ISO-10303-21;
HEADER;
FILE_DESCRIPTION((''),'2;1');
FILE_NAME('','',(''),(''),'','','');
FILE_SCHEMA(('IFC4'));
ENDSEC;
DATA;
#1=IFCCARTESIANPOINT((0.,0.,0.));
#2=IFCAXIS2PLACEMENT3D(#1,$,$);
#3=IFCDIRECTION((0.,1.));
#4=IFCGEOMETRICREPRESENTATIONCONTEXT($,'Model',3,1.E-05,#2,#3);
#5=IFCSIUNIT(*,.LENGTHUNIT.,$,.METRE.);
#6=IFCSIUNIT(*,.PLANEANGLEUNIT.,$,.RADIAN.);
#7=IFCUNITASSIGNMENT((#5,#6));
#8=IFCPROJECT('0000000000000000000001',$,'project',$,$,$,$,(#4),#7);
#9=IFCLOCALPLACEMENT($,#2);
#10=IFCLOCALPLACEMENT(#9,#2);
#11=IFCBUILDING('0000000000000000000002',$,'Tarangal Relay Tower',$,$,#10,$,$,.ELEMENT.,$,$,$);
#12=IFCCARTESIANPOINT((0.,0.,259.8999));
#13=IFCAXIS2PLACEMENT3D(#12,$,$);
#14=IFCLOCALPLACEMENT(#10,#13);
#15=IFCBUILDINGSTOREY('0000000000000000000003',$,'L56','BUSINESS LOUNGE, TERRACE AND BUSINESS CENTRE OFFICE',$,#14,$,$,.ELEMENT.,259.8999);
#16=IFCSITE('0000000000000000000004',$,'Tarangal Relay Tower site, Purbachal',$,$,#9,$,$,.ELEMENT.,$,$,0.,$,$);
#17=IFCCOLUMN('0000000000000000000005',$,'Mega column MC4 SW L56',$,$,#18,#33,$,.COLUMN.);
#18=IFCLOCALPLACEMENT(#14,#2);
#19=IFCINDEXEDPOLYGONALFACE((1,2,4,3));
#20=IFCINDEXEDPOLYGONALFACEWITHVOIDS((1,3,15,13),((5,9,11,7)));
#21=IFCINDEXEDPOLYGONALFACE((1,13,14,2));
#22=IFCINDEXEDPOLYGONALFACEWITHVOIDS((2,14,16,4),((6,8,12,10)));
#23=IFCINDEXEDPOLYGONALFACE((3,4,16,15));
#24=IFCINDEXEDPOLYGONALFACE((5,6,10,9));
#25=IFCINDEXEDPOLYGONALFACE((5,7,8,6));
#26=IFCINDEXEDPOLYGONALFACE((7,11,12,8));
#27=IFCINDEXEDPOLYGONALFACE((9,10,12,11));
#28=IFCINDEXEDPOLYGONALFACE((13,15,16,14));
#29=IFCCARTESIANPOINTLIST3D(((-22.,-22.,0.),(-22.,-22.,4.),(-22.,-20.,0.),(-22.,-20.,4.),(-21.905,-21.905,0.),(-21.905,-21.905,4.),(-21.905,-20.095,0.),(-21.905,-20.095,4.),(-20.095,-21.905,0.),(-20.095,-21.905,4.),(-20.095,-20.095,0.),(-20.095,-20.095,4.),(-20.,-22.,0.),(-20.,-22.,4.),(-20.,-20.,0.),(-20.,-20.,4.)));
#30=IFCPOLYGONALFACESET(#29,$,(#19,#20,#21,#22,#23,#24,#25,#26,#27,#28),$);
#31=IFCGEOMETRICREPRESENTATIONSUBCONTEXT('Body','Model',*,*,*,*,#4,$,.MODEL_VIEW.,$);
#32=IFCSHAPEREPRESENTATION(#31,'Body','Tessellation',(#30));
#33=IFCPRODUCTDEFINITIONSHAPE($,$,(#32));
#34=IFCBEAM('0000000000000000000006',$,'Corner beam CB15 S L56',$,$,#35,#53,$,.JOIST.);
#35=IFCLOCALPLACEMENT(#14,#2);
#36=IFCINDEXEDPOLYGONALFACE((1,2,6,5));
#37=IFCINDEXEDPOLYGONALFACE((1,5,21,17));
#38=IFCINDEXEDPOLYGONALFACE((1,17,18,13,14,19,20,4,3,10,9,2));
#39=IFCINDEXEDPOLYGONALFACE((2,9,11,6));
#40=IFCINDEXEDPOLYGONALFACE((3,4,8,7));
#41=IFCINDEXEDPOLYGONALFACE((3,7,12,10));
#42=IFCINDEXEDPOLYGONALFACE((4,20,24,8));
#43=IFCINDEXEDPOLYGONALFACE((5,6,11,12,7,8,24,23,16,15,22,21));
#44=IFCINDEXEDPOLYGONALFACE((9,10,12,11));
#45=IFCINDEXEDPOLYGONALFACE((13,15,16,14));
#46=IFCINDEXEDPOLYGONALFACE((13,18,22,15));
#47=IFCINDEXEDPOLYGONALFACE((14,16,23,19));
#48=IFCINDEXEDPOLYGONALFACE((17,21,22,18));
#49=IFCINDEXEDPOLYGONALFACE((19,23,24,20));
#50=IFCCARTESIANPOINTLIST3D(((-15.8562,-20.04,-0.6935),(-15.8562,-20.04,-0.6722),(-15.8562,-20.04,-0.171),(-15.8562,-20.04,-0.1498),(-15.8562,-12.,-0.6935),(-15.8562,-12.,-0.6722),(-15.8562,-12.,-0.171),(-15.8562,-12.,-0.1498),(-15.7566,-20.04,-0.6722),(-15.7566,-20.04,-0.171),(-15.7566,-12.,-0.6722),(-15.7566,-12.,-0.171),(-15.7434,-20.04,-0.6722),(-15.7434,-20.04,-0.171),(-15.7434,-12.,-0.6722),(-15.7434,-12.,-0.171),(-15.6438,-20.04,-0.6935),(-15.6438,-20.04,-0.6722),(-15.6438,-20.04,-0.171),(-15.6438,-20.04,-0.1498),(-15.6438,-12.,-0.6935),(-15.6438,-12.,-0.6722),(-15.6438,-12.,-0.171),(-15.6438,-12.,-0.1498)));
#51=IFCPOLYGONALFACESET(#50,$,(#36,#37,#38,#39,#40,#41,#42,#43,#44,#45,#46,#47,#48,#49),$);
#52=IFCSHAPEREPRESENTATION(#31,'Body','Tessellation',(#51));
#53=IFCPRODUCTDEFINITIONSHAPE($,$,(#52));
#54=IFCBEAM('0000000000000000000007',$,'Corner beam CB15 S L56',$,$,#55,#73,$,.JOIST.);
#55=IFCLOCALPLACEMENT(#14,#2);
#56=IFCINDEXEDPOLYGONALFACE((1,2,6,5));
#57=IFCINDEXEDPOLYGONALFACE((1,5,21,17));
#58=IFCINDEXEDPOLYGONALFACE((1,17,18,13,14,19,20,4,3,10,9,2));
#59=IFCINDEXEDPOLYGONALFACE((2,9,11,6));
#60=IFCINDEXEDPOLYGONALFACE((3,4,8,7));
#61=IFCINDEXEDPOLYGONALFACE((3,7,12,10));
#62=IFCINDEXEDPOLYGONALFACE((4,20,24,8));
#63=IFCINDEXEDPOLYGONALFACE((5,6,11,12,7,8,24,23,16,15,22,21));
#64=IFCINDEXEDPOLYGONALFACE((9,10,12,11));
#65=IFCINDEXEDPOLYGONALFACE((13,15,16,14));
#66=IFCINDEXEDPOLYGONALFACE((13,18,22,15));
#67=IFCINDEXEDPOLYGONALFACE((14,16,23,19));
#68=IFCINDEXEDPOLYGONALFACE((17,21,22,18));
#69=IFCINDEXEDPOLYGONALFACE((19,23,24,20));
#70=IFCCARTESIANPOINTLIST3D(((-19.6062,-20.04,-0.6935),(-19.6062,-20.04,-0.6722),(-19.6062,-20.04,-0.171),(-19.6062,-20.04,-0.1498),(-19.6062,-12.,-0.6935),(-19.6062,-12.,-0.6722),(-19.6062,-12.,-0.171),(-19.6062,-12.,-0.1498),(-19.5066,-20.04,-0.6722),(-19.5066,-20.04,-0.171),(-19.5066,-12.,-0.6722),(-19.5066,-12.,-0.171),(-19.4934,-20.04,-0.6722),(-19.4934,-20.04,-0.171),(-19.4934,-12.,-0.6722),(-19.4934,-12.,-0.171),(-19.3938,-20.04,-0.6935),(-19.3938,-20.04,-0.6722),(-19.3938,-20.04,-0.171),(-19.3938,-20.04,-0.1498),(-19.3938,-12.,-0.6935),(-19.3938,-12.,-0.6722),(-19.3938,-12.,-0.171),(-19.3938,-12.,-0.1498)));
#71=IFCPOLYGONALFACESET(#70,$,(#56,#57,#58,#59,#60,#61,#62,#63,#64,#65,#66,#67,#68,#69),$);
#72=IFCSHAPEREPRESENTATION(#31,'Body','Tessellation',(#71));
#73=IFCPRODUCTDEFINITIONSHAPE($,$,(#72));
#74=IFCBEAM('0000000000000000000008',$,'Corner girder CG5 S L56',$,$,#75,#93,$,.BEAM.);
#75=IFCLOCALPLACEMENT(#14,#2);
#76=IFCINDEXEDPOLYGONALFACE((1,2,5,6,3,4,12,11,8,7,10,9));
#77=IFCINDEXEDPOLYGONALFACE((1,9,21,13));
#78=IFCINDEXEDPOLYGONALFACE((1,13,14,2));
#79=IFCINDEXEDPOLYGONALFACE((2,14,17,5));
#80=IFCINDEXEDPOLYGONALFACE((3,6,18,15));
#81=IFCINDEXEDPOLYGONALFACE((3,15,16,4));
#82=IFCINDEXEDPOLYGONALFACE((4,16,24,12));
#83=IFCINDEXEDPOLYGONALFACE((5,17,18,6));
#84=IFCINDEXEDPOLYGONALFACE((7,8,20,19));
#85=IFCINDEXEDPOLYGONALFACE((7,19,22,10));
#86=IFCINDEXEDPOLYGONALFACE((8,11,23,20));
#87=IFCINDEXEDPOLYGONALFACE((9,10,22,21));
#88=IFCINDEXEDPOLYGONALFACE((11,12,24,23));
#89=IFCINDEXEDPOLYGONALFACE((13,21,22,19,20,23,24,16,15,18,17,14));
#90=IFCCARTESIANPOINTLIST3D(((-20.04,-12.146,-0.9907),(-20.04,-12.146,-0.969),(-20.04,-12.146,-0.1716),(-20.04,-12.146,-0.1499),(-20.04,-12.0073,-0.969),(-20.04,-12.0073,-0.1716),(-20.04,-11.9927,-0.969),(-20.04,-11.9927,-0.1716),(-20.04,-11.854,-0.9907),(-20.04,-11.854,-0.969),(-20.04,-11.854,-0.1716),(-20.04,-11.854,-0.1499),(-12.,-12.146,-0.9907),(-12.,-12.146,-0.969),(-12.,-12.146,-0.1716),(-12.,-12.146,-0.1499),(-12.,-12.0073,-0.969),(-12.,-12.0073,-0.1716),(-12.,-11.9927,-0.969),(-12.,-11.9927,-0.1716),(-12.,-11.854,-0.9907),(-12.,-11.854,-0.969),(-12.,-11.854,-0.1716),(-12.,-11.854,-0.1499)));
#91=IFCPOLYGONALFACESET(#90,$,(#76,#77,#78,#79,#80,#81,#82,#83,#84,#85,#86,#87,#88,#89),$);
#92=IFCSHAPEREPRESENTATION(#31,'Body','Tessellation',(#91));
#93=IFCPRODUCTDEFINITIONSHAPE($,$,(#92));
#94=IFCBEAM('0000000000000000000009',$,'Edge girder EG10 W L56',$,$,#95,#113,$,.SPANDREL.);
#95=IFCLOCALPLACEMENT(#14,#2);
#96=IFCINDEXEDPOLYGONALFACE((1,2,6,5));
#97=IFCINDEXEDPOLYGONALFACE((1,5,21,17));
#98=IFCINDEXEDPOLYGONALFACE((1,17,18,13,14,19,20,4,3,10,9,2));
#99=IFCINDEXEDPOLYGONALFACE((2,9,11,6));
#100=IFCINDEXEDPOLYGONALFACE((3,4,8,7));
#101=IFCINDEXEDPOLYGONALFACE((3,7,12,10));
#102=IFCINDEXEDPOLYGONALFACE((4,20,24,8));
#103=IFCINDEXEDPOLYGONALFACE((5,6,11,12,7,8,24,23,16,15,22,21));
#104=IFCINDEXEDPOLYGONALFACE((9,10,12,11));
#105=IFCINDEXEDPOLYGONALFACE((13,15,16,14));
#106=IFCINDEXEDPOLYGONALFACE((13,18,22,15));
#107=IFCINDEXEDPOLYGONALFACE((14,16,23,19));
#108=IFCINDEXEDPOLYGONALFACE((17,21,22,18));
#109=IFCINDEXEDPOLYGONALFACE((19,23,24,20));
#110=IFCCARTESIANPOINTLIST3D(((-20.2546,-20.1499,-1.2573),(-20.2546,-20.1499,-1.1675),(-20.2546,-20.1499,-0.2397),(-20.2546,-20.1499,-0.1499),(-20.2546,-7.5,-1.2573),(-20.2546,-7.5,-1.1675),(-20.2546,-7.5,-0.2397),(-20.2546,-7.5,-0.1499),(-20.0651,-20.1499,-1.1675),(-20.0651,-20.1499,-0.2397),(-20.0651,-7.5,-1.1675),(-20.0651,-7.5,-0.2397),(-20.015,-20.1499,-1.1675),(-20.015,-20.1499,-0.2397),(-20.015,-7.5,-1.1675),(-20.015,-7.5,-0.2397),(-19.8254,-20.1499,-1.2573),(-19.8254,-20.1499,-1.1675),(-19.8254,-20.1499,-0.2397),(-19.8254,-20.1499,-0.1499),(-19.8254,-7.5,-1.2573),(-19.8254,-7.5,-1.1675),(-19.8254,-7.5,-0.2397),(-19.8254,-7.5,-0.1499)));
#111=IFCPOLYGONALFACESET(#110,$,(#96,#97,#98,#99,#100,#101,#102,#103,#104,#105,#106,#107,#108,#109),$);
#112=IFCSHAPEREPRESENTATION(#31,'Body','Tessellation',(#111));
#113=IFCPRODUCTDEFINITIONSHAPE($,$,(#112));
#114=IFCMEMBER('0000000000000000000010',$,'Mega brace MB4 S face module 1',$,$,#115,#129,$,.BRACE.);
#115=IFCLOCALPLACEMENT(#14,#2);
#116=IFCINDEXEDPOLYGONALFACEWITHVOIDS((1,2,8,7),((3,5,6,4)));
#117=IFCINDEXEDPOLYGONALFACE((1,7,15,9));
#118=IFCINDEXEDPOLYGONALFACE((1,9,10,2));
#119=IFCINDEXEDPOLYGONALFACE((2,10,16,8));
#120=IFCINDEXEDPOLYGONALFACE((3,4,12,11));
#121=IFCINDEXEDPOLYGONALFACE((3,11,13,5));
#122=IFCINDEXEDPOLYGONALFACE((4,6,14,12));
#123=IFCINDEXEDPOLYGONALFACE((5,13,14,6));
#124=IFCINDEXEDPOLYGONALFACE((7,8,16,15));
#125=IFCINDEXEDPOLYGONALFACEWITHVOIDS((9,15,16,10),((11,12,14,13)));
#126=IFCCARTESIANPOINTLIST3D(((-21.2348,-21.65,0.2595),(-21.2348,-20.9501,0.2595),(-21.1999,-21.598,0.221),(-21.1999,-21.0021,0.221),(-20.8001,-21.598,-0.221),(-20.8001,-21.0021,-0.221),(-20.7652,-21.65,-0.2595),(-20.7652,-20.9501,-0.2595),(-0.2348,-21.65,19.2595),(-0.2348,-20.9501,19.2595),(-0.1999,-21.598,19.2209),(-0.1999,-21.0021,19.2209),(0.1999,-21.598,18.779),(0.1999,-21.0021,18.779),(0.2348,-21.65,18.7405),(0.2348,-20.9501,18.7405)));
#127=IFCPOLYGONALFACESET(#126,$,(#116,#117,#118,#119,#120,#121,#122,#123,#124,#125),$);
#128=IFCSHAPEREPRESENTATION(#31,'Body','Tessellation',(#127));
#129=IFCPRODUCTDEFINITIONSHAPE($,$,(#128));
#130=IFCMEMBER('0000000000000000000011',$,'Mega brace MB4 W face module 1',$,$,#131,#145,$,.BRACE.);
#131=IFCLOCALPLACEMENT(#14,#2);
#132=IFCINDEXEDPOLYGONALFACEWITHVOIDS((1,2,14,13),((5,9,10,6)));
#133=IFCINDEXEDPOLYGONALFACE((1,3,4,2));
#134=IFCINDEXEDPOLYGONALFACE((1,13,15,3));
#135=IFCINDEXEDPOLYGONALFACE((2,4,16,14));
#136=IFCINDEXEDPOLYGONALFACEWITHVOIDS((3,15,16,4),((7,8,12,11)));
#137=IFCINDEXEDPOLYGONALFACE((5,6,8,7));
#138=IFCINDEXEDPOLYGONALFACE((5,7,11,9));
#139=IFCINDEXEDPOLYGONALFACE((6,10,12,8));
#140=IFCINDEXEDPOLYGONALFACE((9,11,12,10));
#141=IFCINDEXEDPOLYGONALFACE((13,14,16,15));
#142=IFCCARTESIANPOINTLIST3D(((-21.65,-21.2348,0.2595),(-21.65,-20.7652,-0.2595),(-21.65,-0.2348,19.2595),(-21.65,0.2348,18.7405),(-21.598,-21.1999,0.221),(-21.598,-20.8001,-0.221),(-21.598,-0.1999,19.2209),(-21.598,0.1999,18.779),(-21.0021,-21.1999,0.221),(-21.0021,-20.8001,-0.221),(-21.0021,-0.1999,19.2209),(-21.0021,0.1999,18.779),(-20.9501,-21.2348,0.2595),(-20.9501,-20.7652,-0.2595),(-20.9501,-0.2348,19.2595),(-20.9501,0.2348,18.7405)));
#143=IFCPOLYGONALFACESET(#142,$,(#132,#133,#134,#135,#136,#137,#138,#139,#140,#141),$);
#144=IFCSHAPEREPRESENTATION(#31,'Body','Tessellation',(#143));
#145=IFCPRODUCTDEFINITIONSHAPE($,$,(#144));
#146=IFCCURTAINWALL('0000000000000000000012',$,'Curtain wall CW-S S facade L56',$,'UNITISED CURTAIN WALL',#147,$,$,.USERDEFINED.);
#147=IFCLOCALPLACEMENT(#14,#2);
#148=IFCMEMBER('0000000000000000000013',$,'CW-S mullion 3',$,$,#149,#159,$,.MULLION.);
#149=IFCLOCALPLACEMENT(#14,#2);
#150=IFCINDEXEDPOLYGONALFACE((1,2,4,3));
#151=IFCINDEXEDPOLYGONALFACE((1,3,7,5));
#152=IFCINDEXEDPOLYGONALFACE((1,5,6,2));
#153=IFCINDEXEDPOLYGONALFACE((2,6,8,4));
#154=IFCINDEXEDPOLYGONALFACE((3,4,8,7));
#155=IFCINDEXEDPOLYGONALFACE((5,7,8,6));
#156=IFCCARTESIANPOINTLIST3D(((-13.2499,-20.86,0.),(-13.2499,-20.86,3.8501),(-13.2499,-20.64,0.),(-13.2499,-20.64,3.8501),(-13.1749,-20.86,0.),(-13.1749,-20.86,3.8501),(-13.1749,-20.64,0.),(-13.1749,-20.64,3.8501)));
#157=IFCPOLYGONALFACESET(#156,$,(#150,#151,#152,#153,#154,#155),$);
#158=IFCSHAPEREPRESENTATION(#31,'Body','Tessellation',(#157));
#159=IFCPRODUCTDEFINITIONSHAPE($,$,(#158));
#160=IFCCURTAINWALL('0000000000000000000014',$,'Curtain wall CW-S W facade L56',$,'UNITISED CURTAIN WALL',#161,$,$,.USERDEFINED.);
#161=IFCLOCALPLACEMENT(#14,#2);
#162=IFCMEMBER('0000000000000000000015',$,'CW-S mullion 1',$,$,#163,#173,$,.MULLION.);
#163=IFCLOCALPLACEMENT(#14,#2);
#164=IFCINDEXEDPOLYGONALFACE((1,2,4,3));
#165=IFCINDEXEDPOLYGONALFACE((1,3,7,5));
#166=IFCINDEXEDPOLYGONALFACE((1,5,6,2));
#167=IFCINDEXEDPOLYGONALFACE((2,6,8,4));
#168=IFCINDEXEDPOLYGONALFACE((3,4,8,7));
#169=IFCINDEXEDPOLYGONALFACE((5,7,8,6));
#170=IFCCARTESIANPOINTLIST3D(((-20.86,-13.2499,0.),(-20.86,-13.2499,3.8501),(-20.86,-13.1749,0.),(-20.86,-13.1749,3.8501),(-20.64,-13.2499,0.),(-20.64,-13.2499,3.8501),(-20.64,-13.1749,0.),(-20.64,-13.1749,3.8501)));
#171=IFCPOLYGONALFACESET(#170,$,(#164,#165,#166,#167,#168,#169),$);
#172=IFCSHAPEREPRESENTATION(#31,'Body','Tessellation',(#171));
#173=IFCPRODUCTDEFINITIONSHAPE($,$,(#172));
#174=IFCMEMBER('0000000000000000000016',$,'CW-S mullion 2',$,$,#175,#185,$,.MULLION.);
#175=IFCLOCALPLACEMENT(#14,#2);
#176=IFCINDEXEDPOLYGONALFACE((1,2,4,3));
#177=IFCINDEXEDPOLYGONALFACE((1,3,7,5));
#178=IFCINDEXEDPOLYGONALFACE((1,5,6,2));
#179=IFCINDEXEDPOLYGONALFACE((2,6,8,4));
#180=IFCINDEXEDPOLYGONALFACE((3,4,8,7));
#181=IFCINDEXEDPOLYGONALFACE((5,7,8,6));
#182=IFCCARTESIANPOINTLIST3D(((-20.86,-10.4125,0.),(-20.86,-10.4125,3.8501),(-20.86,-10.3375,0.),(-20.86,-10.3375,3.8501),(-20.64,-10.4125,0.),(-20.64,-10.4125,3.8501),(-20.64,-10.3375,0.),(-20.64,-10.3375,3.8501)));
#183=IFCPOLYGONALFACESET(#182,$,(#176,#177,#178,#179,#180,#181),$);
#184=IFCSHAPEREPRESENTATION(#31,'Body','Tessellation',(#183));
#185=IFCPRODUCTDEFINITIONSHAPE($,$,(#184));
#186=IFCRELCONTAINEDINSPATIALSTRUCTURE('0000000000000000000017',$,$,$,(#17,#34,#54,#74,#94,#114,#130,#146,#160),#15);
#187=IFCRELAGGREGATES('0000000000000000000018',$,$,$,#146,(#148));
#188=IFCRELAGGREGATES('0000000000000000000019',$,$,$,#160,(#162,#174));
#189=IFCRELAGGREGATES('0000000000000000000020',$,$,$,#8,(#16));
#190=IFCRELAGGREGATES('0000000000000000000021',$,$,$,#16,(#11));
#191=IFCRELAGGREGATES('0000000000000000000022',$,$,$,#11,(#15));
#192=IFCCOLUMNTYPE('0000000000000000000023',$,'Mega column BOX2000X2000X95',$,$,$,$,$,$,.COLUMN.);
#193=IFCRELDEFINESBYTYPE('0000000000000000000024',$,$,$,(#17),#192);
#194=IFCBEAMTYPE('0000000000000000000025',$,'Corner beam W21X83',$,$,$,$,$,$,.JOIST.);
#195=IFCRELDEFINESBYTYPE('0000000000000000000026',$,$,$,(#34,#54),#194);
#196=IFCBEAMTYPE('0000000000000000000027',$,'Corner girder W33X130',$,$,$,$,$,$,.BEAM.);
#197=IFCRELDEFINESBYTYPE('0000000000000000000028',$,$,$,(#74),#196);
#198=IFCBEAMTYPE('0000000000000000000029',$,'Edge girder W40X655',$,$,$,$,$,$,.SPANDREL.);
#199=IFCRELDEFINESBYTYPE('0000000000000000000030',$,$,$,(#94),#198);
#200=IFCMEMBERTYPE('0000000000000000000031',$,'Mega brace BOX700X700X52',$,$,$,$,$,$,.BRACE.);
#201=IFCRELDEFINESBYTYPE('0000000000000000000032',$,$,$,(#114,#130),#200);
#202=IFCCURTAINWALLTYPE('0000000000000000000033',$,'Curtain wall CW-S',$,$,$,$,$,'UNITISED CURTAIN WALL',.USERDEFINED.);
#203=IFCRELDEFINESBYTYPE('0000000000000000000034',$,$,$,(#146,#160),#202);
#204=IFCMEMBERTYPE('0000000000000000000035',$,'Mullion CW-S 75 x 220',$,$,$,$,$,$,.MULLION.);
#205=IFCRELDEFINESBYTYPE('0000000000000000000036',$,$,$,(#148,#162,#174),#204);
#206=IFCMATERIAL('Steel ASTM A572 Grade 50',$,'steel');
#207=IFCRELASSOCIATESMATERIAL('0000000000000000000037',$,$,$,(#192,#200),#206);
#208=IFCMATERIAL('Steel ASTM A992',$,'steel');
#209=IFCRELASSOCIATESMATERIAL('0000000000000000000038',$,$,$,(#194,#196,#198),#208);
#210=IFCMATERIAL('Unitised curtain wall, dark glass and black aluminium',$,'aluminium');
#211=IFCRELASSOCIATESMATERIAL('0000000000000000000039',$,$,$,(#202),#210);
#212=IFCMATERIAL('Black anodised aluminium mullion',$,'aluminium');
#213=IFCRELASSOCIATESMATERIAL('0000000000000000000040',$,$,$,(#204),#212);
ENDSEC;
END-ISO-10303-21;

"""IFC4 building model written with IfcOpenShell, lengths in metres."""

from ifc_helpers import new_model, si_unit, direction, frame, origin, origin_2d, place, context, subcontext, project, spatial, rectangle, hollow_rectangle, i_section, extrude, material, material_profile, profile_set, type_object, element, aggregate, save


model = new_model("IFC4")

# Units and contexts
model_context = context("Model", 3, precision=1e-05, world=origin(), true_north=direction((0.0, 1.0)))
body_context = subcontext(model_context, "Body", "Model", "MODEL_VIEW")
ifc_project = project(units=[si_unit("LENGTHUNIT", "METRE"), si_unit("PLANEANGLEUNIT", "RADIAN")], contexts=[model_context])

# Site, building, storey
site_placement = place(None, origin())
site = spatial("IfcSite", under=ifc_project, at=site_placement, Name="Tarangal Relay Tower site, Purbachal", CompositionType="ELEMENT", RefElevation=0.0)
building_placement = place(site_placement, origin())
building = spatial("IfcBuilding", under=site, at=building_placement, Name="Tarangal Relay Tower", CompositionType="ELEMENT")
storey_placement = place(building_placement, frame((0.0, 0.0, 259.8999)))
storey = spatial("IfcBuildingStorey", under=building, at=storey_placement, Name="L56", Description="BUSINESS LOUNGE, TERRACE AND BUSINESS CENTRE OFFICE", CompositionType="ELEMENT", Elevation=259.8999)

# Column
ifc_material_1 = material(Name="Steel ASTM A572 Grade 50", Category="steel")
ifc_material_profile_1 = material_profile(ifc_material_1, hollow_rectangle(XDim=2.0, YDim=2.0, WallThickness=0.095, at=origin_2d()), Name="BOX2000X2000X95")
ifc_profile_set_1 = profile_set([ifc_material_profile_1], Name="Steel ASTM A572 Grade 50")
column_type = type_object("IfcColumnType", Name="Mega column BOX2000X2000X95", PredefinedType="COLUMN", material=ifc_profile_set_1)
column_placement = place(storey_placement, frame((-21.0, -21.0, 0.0), z_axis=(0.0, 0.0, 1.0), x_axis=(1.0, 0.0, 0.0)))
element("IfcColumn", 1, at=column_placement, inside=storey, type_object=column_type, Name="Mega column MC4 SW L56", PredefinedType="COLUMN", context=body_context, shape_type="SweptSolid", body=[
    extrude(hollow_rectangle(XDim=2.0, YDim=2.0, WallThickness=0.095, at=origin_2d()), origin(), (0.0, 0.0, 1.0), 4.0),
])

# Beams
ifc_material_2 = material(Name="Steel ASTM A992", Category="steel")
ifc_material_profile_2 = material_profile(ifc_material_2, i_section(OverallWidth=0.2124, OverallDepth=0.5437, WebThickness=0.0132, FlangeThickness=0.0212, at=origin_2d()), Name="W21X83")
ifc_profile_set_2 = profile_set([ifc_material_profile_2], Name="Steel ASTM A992")
beam_type_1 = type_object("IfcBeamType", Name="Corner beam W21X83", PredefinedType="JOIST", material=ifc_profile_set_2)
for number, where, z_axis, x_axis, name in (
    (2, (-15.75, -12.0, -0.4216), (0.0, -1.0, 0.0), (1.0, 0.0, 0.0), "Corner beam CB15 S L56"),
    (3, (-19.5, -12.0, -0.4216), (0.0, -1.0, 0.0), (1.0, 0.0, 0.0), "Corner beam CB15 S L56"),
):
    element("IfcBeam", number, at=place(storey_placement, frame(where, z_axis=z_axis, x_axis=x_axis)), inside=storey, type_object=beam_type_1, Name=name, PredefinedType="JOIST", context=body_context, shape_type="SweptSolid", body=[
        extrude(i_section(OverallWidth=0.2124, OverallDepth=0.5437, WebThickness=0.0132, FlangeThickness=0.0212, at=origin_2d()), origin(), (0.0, 0.0, 1.0), 8.04),
    ])
ifc_material_profile_3 = material_profile(ifc_material_2, i_section(OverallWidth=0.292, OverallDepth=0.8408, WebThickness=0.0146, FlangeThickness=0.0217, at=origin_2d()), Name="W33X130")
ifc_profile_set_3 = profile_set([ifc_material_profile_3], Name="Steel ASTM A992")
beam_type_2 = type_object("IfcBeamType", Name="Corner girder W33X130", PredefinedType="BEAM", material=ifc_profile_set_3)
beam_1_placement = place(storey_placement, frame((-12.0, -12.0, -0.5703), z_axis=(-1.0, 0.0, 0.0), x_axis=(0.0, -1.0, 0.0)))
element("IfcBeam", 4, at=beam_1_placement, inside=storey, type_object=beam_type_2, Name="Corner girder CG5 S L56", PredefinedType="BEAM", context=body_context, shape_type="SweptSolid", body=[
    extrude(i_section(OverallWidth=0.292, OverallDepth=0.8408, WebThickness=0.0146, FlangeThickness=0.0217, at=origin_2d()), origin(), (0.0, 0.0, 1.0), 8.04),
])
ifc_material_profile_4 = material_profile(ifc_material_2, i_section(OverallWidth=0.4292, OverallDepth=1.1074, WebThickness=0.05, FlangeThickness=0.0898, at=origin_2d()), Name="W40X655")
ifc_profile_set_4 = profile_set([ifc_material_profile_4], Name="Steel ASTM A992")
beam_type_3 = type_object("IfcBeamType", Name="Edge girder W40X655", PredefinedType="SPANDREL", material=ifc_profile_set_4)
beam_2_placement = place(storey_placement, frame((-20.04, -20.1499, -0.7036), z_axis=(0.0, 1.0, 0.0), x_axis=(-1.0, 0.0, 0.0)))
element("IfcBeam", 5, at=beam_2_placement, inside=storey, type_object=beam_type_3, Name="Edge girder EG10 W L56", PredefinedType="SPANDREL", context=body_context, shape_type="SweptSolid", body=[
    extrude(i_section(OverallWidth=0.4292, OverallDepth=1.1074, WebThickness=0.05, FlangeThickness=0.0898, at=origin_2d()), origin(), (0.0, 0.0, 1.0), 12.6499),
])

# Members
ifc_material_profile_5 = material_profile(ifc_material_1, hollow_rectangle(XDim=0.7, YDim=0.7, WallThickness=0.052, at=origin_2d()), Name="BOX700X700X52")
ifc_profile_set_5 = profile_set([ifc_material_profile_5], Name="Steel ASTM A572 Grade 50")
member_type_1 = type_object("IfcMemberType", Name="Mega brace BOX700X700X52", PredefinedType="BRACE", material=ifc_profile_set_5)
for number, where, z_axis, x_axis, name in (
    (6, (-21.0, -21.3, 0.0), (0.741536, 0.0, 0.670913), (0.0, 1.0, 0.0), "Mega brace MB4 S face module 1"),
    (7, (-21.3, -21.0, 0.0), (0.0, 0.741536, 0.670913), (-1.0, 0.0, 0.0), "Mega brace MB4 W face module 1"),
):
    element("IfcMember", number, at=place(storey_placement, frame(where, z_axis=z_axis, x_axis=x_axis)), inside=storey, type_object=member_type_1, Name=name, PredefinedType="BRACE", context=body_context, shape_type="SweptSolid", body=[
        extrude(hollow_rectangle(XDim=0.7, YDim=0.7, WallThickness=0.052, at=origin_2d()), origin(), (0.0, 0.0, 1.0), 28.3196),
    ])

# Curtain wall, member
ifc_material_3 = material(Name="Unitised curtain wall, dark glass and black aluminium", Category="aluminium")
curtain_wall_type = type_object("IfcCurtainWallType", Name="Curtain wall CW-S", ElementType="UNITISED CURTAIN WALL", PredefinedType="USERDEFINED", material=ifc_material_3)
curtain_wall_1_placement = place(storey_placement, origin())
curtain_wall_1 = element("IfcCurtainWall", 8, at=curtain_wall_1_placement, inside=storey, type_object=curtain_wall_type, Name="Curtain wall CW-S S facade L56", ObjectType="UNITISED CURTAIN WALL", PredefinedType="USERDEFINED")
ifc_material_4 = material(Name="Black anodised aluminium mullion", Category="aluminium")
ifc_material_profile_6 = material_profile(ifc_material_4, rectangle(XDim=0.22, YDim=0.075, at=origin_2d()), Name="CW-SM 75X220")
ifc_profile_set_6 = profile_set([ifc_material_profile_6], Name="Black anodised aluminium mullion")
member_type_2 = type_object("IfcMemberType", Name="Mullion CW-S 75 x 220", PredefinedType="MULLION", material=ifc_profile_set_6)
member_1_placement = place(storey_placement, frame((-13.2124, -20.75, 0.0), z_axis=(0.0, 0.0, 1.0), x_axis=(0.0, -1.0, 0.0)))
member_1 = element("IfcMember", 9, at=member_1_placement, type_object=member_type_2, Name="CW-S mullion 3", PredefinedType="MULLION", context=body_context, shape_type="SweptSolid", body=[
    extrude(rectangle(XDim=0.22, YDim=0.075, at=origin_2d()), origin(), (0.0, 0.0, 1.0), 3.8501),
])
aggregate(curtain_wall_1, [member_1])

# Curtain wall, members
curtain_wall_2_placement = place(storey_placement, origin())
curtain_wall_2 = element("IfcCurtainWall", 10, at=curtain_wall_2_placement, inside=storey, type_object=curtain_wall_type, Name="Curtain wall CW-S W facade L56", ObjectType="UNITISED CURTAIN WALL", PredefinedType="USERDEFINED")
member_2_placement = place(storey_placement, frame((-20.75, -13.2124, 0.0), z_axis=(0.0, 0.0, 1.0), x_axis=(-1.0, 0.0, 0.0)))
member_2 = element("IfcMember", 11, at=member_2_placement, type_object=member_type_2, Name="CW-S mullion 1", PredefinedType="MULLION", context=body_context, shape_type="SweptSolid", body=[
    extrude(rectangle(XDim=0.22, YDim=0.075, at=origin_2d()), origin(), (0.0, 0.0, 1.0), 3.8501),
])
member_3_placement = place(storey_placement, frame((-20.75, -10.375, 0.0), z_axis=(0.0, 0.0, 1.0), x_axis=(-1.0, 0.0, 0.0)))
member_3 = element("IfcMember", 12, at=member_3_placement, type_object=member_type_2, Name="CW-S mullion 2", PredefinedType="MULLION", context=body_context, shape_type="SweptSolid", body=[
    extrude(rectangle(XDim=0.22, YDim=0.075, at=origin_2d()), origin(), (0.0, 0.0, 1.0), 3.8501),
])
aggregate(curtain_wall_2, [member_2, member_3])

save(model, "model.ifc")
